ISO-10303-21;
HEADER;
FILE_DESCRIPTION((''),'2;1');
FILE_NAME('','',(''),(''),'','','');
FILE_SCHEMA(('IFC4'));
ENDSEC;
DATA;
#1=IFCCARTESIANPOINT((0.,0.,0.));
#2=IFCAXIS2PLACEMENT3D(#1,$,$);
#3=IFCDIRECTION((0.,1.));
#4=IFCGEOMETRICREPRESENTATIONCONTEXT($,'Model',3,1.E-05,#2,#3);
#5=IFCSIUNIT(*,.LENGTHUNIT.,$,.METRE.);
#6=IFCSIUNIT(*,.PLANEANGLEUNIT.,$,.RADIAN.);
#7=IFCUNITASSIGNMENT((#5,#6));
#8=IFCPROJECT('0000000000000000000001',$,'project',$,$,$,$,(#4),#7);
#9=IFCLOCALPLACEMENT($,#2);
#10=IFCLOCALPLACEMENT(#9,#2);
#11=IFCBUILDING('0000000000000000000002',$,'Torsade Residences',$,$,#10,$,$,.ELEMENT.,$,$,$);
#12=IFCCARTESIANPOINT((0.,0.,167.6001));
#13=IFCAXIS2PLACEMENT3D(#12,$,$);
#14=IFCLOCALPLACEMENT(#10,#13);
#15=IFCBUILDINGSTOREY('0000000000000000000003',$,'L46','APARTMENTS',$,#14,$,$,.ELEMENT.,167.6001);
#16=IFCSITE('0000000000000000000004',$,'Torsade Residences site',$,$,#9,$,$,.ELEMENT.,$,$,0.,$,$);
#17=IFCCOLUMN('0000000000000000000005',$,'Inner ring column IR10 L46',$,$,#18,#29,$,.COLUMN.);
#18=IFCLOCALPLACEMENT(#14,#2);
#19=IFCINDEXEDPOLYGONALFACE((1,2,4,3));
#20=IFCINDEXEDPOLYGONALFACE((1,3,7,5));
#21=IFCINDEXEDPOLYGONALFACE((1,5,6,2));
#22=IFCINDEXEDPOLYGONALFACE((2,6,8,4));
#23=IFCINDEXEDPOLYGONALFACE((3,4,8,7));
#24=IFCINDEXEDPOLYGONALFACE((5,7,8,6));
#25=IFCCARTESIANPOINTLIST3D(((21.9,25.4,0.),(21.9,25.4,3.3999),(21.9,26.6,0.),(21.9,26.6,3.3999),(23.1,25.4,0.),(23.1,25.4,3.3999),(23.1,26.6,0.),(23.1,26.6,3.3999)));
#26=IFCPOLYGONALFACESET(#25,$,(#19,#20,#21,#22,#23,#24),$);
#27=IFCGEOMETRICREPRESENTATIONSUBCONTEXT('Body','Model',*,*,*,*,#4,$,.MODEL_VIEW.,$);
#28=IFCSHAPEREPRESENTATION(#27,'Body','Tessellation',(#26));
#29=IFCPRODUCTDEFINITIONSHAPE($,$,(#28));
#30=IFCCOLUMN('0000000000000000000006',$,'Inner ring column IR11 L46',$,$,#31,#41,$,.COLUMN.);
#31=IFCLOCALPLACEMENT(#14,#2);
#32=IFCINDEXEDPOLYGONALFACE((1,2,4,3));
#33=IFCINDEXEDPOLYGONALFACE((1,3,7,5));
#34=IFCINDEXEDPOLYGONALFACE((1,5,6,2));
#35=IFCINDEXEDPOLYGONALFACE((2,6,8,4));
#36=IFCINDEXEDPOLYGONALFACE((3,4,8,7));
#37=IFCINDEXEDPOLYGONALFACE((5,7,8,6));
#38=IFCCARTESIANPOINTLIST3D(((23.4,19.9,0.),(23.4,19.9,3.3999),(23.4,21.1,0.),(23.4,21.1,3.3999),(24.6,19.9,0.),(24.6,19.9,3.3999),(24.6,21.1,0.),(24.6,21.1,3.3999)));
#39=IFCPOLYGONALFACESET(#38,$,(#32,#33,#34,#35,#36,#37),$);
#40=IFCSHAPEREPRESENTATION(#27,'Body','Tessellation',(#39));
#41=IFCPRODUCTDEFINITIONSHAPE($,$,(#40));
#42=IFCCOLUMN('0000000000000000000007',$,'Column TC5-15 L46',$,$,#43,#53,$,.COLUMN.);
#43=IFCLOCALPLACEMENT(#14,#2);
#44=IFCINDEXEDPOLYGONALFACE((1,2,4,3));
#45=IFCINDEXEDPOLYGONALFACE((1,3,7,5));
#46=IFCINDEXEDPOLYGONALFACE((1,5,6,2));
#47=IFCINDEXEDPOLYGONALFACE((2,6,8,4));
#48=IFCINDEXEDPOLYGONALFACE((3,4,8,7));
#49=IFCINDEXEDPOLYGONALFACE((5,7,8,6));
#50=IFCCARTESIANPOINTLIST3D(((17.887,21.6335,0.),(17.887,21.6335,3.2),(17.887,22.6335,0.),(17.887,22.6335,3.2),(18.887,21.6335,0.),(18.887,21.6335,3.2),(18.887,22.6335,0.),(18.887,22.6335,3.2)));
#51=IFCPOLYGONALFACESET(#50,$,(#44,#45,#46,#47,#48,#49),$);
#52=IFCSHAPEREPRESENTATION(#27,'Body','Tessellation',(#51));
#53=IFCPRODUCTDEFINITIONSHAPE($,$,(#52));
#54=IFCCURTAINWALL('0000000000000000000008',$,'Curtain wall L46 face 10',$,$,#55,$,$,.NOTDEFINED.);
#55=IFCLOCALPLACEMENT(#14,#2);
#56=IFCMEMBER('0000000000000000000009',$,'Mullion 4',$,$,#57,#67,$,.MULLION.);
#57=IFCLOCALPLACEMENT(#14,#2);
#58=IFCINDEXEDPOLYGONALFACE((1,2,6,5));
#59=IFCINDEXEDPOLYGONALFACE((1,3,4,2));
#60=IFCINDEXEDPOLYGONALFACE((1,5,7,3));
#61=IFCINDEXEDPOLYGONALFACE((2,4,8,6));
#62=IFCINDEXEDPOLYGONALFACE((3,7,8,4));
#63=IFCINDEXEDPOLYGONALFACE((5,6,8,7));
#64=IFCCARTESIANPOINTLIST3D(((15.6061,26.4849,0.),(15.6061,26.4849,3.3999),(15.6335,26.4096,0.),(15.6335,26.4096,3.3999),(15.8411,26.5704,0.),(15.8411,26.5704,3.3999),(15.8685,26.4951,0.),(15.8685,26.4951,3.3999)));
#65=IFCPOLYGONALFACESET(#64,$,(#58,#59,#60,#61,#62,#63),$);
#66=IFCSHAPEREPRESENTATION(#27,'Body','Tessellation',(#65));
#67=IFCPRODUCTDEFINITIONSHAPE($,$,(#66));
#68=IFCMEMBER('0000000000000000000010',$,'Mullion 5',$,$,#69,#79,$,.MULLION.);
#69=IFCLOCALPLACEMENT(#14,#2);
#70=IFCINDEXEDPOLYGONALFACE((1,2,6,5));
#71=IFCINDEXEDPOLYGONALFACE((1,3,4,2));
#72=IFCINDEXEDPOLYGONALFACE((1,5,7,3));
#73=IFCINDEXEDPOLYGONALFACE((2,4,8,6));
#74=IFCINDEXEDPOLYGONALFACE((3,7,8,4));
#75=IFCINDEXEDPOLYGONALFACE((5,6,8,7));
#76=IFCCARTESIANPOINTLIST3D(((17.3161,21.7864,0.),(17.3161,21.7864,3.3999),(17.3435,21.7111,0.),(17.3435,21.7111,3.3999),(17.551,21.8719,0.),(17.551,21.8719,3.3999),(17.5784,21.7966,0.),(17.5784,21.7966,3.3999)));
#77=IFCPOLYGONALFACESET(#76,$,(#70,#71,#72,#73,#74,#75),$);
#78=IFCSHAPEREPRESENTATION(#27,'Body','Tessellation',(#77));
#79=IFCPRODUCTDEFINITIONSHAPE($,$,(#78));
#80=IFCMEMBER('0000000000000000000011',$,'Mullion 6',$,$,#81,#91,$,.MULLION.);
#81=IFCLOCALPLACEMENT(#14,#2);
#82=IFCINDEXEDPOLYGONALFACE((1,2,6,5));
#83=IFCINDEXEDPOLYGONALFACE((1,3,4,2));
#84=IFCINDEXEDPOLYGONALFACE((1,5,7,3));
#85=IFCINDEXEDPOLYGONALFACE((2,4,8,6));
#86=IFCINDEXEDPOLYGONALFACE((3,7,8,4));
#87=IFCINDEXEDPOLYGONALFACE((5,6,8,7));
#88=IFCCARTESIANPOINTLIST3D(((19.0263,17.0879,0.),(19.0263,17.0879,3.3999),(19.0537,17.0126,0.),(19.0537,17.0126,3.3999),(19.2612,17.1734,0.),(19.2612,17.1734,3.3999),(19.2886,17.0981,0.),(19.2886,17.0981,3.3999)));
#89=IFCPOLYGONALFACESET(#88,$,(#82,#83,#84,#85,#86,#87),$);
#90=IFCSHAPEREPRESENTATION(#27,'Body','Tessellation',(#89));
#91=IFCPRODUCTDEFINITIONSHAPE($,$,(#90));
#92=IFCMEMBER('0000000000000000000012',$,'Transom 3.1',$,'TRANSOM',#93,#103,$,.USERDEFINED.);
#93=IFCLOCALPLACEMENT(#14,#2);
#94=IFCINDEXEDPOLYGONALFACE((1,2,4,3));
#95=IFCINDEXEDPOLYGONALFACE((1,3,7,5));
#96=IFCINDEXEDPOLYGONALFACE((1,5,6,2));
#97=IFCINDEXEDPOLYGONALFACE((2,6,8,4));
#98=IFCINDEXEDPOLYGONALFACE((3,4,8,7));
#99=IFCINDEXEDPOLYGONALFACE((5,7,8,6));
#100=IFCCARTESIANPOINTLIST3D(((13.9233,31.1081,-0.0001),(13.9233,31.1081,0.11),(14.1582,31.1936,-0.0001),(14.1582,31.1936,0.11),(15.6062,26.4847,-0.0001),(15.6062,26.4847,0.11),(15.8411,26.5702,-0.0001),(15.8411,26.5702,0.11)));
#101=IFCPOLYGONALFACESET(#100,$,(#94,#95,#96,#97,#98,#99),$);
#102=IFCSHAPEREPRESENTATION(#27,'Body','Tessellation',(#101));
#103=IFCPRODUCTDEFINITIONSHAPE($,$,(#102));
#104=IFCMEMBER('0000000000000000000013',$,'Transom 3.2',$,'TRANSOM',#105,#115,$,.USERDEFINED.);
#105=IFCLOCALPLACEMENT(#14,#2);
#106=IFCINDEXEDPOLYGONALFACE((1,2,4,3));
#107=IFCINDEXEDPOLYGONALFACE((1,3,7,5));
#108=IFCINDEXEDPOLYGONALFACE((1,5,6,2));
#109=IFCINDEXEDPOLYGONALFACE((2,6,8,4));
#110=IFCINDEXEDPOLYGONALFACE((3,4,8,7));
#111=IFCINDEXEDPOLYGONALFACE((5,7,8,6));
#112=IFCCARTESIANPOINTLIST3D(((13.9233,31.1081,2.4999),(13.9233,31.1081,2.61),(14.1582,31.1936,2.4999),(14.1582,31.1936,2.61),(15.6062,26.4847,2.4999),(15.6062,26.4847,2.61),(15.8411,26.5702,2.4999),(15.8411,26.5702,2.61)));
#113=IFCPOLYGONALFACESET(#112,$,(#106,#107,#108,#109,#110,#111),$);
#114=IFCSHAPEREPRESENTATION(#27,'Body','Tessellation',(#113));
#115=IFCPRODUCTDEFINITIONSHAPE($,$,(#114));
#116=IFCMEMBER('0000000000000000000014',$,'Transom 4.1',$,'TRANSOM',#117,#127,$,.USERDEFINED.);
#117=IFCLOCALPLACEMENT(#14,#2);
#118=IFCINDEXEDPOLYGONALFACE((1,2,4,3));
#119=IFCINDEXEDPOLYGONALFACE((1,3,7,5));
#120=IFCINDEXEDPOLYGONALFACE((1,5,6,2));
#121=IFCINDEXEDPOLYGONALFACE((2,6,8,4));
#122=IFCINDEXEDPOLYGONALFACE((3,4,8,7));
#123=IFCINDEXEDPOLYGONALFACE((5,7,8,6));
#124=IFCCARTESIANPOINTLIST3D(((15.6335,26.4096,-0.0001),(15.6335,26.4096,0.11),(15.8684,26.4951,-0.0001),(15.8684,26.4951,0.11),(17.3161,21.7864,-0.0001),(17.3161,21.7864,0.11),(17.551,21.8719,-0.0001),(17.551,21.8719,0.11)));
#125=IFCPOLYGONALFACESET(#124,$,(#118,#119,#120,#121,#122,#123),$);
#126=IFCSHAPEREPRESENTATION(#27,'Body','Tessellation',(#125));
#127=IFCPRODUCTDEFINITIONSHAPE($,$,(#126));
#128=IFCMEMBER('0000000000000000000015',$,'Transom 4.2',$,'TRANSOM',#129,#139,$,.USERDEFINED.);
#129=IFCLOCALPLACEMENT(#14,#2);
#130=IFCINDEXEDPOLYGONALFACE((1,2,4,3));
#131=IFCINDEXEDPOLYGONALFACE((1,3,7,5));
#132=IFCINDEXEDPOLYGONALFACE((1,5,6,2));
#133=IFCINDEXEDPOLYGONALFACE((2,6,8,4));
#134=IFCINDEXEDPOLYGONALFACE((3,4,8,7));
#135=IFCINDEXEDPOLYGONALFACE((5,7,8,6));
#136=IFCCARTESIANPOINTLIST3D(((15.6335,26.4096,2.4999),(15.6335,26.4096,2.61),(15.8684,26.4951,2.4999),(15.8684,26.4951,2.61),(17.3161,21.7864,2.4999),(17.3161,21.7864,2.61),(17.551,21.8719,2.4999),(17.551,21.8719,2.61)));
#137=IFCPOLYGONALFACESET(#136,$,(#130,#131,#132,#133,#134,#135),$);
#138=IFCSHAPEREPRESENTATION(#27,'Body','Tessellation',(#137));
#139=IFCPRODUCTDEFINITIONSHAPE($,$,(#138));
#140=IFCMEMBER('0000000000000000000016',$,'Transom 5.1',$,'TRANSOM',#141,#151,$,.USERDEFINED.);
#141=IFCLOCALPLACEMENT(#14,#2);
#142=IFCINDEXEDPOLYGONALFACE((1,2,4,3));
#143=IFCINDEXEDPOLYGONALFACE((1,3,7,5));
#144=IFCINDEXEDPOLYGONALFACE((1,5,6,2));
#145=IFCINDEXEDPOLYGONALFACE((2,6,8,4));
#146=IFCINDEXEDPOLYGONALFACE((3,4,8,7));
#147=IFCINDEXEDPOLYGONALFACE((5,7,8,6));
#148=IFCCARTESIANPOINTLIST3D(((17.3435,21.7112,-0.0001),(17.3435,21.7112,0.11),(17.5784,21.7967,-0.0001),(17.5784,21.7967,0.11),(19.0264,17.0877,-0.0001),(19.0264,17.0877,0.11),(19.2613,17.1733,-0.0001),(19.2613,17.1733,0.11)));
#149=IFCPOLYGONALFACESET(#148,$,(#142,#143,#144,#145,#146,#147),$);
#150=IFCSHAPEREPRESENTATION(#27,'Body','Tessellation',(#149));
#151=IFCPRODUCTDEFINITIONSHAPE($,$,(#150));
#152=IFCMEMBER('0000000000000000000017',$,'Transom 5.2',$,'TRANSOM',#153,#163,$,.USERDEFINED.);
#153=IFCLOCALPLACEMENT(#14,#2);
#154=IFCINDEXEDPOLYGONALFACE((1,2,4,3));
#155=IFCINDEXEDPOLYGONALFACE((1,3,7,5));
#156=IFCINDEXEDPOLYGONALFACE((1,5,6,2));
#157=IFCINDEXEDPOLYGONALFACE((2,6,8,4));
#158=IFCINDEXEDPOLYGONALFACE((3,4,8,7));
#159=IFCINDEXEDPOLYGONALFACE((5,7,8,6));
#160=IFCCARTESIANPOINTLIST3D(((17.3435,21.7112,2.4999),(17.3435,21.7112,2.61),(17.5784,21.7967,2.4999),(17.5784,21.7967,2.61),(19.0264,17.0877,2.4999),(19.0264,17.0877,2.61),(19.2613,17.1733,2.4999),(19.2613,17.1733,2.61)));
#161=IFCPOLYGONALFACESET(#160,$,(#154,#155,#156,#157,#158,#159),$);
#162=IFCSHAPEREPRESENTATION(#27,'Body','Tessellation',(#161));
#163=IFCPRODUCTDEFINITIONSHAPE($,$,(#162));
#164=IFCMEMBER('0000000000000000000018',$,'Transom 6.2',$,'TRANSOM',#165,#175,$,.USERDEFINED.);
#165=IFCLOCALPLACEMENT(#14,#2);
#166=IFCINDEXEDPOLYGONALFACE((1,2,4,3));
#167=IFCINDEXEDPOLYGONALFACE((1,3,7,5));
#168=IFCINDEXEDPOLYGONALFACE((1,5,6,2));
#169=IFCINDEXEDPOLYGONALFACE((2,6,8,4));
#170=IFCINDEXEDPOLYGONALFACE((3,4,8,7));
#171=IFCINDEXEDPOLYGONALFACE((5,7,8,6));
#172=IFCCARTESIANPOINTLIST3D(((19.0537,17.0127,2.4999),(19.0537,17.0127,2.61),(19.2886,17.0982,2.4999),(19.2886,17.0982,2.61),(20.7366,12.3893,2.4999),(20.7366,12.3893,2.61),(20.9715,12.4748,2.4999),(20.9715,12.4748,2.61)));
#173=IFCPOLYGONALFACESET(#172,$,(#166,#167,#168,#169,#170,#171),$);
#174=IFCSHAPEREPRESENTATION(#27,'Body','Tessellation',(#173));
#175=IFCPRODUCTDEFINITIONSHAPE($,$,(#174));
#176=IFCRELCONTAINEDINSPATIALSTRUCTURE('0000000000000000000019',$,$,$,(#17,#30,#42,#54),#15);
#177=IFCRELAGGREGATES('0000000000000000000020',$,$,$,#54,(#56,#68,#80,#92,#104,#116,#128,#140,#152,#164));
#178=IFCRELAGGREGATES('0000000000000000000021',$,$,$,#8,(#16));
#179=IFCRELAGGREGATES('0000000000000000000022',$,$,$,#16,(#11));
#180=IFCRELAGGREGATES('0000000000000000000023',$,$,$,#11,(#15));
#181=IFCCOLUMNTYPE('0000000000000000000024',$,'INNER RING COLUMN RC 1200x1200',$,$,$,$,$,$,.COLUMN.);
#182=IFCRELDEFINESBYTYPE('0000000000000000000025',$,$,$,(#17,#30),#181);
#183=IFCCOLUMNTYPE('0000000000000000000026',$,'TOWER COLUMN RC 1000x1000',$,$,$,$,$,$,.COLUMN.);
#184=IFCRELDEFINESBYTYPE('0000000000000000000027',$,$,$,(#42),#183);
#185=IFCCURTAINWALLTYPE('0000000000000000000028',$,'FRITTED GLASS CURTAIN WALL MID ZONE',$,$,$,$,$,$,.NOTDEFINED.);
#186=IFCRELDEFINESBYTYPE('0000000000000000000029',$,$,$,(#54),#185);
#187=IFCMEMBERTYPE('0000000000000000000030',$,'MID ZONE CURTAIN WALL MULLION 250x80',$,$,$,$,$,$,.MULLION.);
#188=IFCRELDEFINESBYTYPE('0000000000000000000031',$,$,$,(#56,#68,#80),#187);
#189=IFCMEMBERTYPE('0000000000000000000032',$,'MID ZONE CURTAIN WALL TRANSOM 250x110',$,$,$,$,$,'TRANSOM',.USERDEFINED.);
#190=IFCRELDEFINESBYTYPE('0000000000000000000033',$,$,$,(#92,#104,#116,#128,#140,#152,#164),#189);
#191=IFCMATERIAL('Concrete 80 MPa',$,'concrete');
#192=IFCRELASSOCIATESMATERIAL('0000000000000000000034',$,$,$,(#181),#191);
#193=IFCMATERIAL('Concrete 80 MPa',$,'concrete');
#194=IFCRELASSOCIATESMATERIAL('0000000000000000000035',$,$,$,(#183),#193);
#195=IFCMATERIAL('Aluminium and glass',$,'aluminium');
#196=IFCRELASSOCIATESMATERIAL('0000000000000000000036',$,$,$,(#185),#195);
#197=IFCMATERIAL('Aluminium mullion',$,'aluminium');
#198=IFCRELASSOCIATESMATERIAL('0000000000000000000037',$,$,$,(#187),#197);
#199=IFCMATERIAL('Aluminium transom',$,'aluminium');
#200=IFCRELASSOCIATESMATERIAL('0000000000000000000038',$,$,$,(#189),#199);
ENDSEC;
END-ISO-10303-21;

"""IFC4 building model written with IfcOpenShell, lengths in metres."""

from ifc_helpers import new_model, si_unit, direction, frame, origin, origin_2d, place, context, subcontext, project, spatial, rectangle, extrude, material, material_profile, profile_set, type_object, element, aggregate, save


model = new_model("IFC4")

# Units and contexts
model_context = context("Model", 3, precision=1e-05, world=origin(), true_north=direction((0.0, 1.0)))
body_context = subcontext(model_context, "Body", "Model", "MODEL_VIEW")
ifc_project = project(units=[si_unit("LENGTHUNIT", "METRE"), si_unit("PLANEANGLEUNIT", "RADIAN")], contexts=[model_context])

# Site, building, storey
site_placement = place(None, origin())
site = spatial("IfcSite", under=ifc_project, at=site_placement, Name="Torsade Residences site", CompositionType="ELEMENT", RefElevation=0.0)
building_placement = place(site_placement, origin())
building = spatial("IfcBuilding", under=site, at=building_placement, Name="Torsade Residences", CompositionType="ELEMENT")
storey_placement = place(building_placement, frame((0.0, 0.0, 167.6001)))
storey = spatial("IfcBuildingStorey", under=building, at=storey_placement, Name="L46", Description="APARTMENTS", CompositionType="ELEMENT", Elevation=167.6001)

# Columns
ifc_material_1 = material(Name="Concrete 80 MPa", Category="concrete")
ifc_material_profile_1 = material_profile(ifc_material_1, rectangle(XDim=1.2, YDim=1.2, at=origin_2d()), Name="RC 1200x1200")
ifc_profile_set_1 = profile_set([ifc_material_profile_1], Name="Concrete 80 MPa")
column_type_1 = type_object("IfcColumnType", Name="INNER RING COLUMN RC 1200x1200", PredefinedType="COLUMN", material=ifc_profile_set_1)
for number, where, z_axis, x_axis, name in (
    (1, (22.5, 26.0, 0.0), (0.0, 0.0, 1.0), (1.0, 0.0, 0.0), "Inner ring column IR10 L46"),
    (2, (24.0, 20.5, 0.0), (0.0, 0.0, 1.0), (1.0, 0.0, 0.0), "Inner ring column IR11 L46"),
):
    element("IfcColumn", number, at=place(storey_placement, frame(where, z_axis=z_axis, x_axis=x_axis)), inside=storey, type_object=column_type_1, Name=name, PredefinedType="COLUMN", context=body_context, shape_type="SweptSolid", body=[
        extrude(rectangle(XDim=1.2, YDim=1.2, at=origin_2d()), origin(), (0.0, 0.0, 1.0), 3.3999),
    ])
ifc_material_2 = material(Name="Concrete 80 MPa", Category="concrete")
ifc_material_profile_2 = material_profile(ifc_material_2, rectangle(XDim=1.0, YDim=1.0, at=origin_2d()), Name="RC 1000x1000")
ifc_profile_set_2 = profile_set([ifc_material_profile_2], Name="Concrete 80 MPa")
column_type_2 = type_object("IfcColumnType", Name="TOWER COLUMN RC 1000x1000", PredefinedType="COLUMN", material=ifc_profile_set_2)
column_placement = place(storey_placement, frame((18.387, 22.1335, 0.0), z_axis=(0.0, 0.0, 1.0), x_axis=(1.0, 0.0, 0.0)))
element("IfcColumn", 3, at=column_placement, inside=storey, type_object=column_type_2, Name="Column TC5-15 L46", PredefinedType="COLUMN", context=body_context, shape_type="SweptSolid", body=[
    extrude(rectangle(XDim=1.0, YDim=1.0, at=origin_2d()), origin(), (0.0, 0.0, 1.0), 3.2),
])

# Curtain wall, members
ifc_material_3 = material(Name="Aluminium and glass", Category="aluminium")
curtain_wall_type = type_object("IfcCurtainWallType", Name="FRITTED GLASS CURTAIN WALL MID ZONE", PredefinedType="NOTDEFINED", material=ifc_material_3)
curtain_wall_placement = place(storey_placement, origin())
curtain_wall = element("IfcCurtainWall", 4, at=curtain_wall_placement, inside=storey, type_object=curtain_wall_type, Name="Curtain wall L46 face 10", PredefinedType="NOTDEFINED")
ifc_material_4 = material(Name="Aluminium mullion", Category="aluminium")
ifc_material_profile_3 = material_profile(ifc_material_4, rectangle(XDim=0.25, YDim=0.0801, at=origin_2d()), Name="MID ZONE CURTAIN WALL MULLION 250x80")
ifc_profile_set_3 = profile_set([ifc_material_profile_3], Name="Aluminium mullion")
member_type_1 = type_object("IfcMemberType", Name="MID ZONE CURTAIN WALL MULLION 250x80", PredefinedType="MULLION", material=ifc_profile_set_3)
member_1_placement = place(storey_placement, frame((15.7373, 26.49, 0.0), z_axis=(0.0, 0.0, 1.0), x_axis=(0.939693, 0.34202, 0.0)))
member_1 = element("IfcMember", 5, at=member_1_placement, type_object=member_type_1, Name="Mullion 4", PredefinedType="MULLION", context=body_context, shape_type="SweptSolid", body=[
    extrude(rectangle(XDim=0.25, YDim=0.0801, at=origin_2d()), origin(), (0.0, 0.0, 1.0), 3.3999),
])
member_2_placement = place(storey_placement, frame((17.4473, 21.7915, 0.0), z_axis=(0.0, 0.0, 1.0), x_axis=(0.939693, 0.34202, 0.0)))
member_2 = element("IfcMember", 6, at=member_2_placement, type_object=member_type_1, Name="Mullion 5", PredefinedType="MULLION", context=body_context, shape_type="SweptSolid", body=[
    extrude(rectangle(XDim=0.25, YDim=0.0801, at=origin_2d()), origin(), (0.0, 0.0, 1.0), 3.3999),
])
member_3_placement = place(storey_placement, frame((19.1575, 17.093, 0.0), z_axis=(0.0, 0.0, 1.0), x_axis=(0.939693, 0.34202, 0.0)))
member_3 = element("IfcMember", 7, at=member_3_placement, type_object=member_type_1, Name="Mullion 6", PredefinedType="MULLION", context=body_context, shape_type="SweptSolid", body=[
    extrude(rectangle(XDim=0.25, YDim=0.0801, at=origin_2d()), origin(), (0.0, 0.0, 1.0), 3.3999),
])
ifc_material_5 = material(Name="Aluminium transom", Category="aluminium")
ifc_material_profile_4 = material_profile(ifc_material_5, rectangle(XDim=0.25, YDim=0.1101, at=origin_2d()), Name="MID ZONE CURTAIN WALL TRANSOM 250x110")
ifc_profile_set_4 = profile_set([ifc_material_profile_4], Name="Aluminium transom")
member_type_2 = type_object("IfcMemberType", Name="MID ZONE CURTAIN WALL TRANSOM 250x110", ElementType="TRANSOM", PredefinedType="USERDEFINED", material=ifc_profile_set_4)
member_4_placement = place(storey_placement, frame((14.0408, 31.1509, 0.0549), z_axis=(0.342042, -0.939685, 0.0), x_axis=(0.939685, 0.342042, 0.0)))
member_4 = element("IfcMember", 8, at=member_4_placement, type_object=member_type_2, Name="Transom 3.1", ObjectType="TRANSOM", PredefinedType="USERDEFINED", context=body_context, shape_type="SweptSolid", body=[
    extrude(rectangle(XDim=0.25, YDim=0.1101, at=origin_2d()), origin(), (0.0, 0.0, 1.0), 4.9202),
])
member_5_placement = place(storey_placement, frame((14.0408, 31.1509, 2.5549), z_axis=(0.342042, -0.939685, 0.0), x_axis=(0.939685, 0.342042, 0.0)))
member_5 = element("IfcMember", 9, at=member_5_placement, type_object=member_type_2, Name="Transom 3.2", ObjectType="TRANSOM", PredefinedType="USERDEFINED", context=body_context, shape_type="SweptSolid", body=[
    extrude(rectangle(XDim=0.25, YDim=0.1101, at=origin_2d()), origin(), (0.0, 0.0, 1.0), 4.9202),
])
member_6_placement = place(storey_placement, frame((15.751, 26.4524, 0.0549), z_axis=(0.341998, -0.939701, 0.0), x_axis=(0.939701, 0.341998, 0.0)))
member_6 = element("IfcMember", 10, at=member_6_placement, type_object=member_type_2, Name="Transom 4.1", ObjectType="TRANSOM", PredefinedType="USERDEFINED", context=body_context, shape_type="SweptSolid", body=[
    extrude(rectangle(XDim=0.25, YDim=0.1101, at=origin_2d()), origin(), (0.0, 0.0, 1.0), 4.9199),
])
member_7_placement = place(storey_placement, frame((15.751, 26.4524, 2.5549), z_axis=(0.341998, -0.939701, 0.0), x_axis=(0.939701, 0.341998, 0.0)))
member_7 = element("IfcMember", 11, at=member_7_placement, type_object=member_type_2, Name="Transom 4.2", ObjectType="TRANSOM", PredefinedType="USERDEFINED", context=body_context, shape_type="SweptSolid", body=[
    extrude(rectangle(XDim=0.25, YDim=0.1101, at=origin_2d()), origin(), (0.0, 0.0, 1.0), 4.9199),
])
member_8_placement = place(storey_placement, frame((17.4609, 21.7539, 0.0549), z_axis=(0.342042, -0.939685, 0.0), x_axis=(0.939685, 0.342042, 0.0)))
member_8 = element("IfcMember", 12, at=member_8_placement, type_object=member_type_2, Name="Transom 5.1", ObjectType="TRANSOM", PredefinedType="USERDEFINED", context=body_context, shape_type="SweptSolid", body=[
    extrude(rectangle(XDim=0.25, YDim=0.1101, at=origin_2d()), origin(), (0.0, 0.0, 1.0), 4.9202),
])
member_9_placement = place(storey_placement, frame((17.4609, 21.7539, 2.5549), z_axis=(0.342042, -0.939685, 0.0), x_axis=(0.939685, 0.342042, 0.0)))
member_9 = element("IfcMember", 13, at=member_9_placement, type_object=member_type_2, Name="Transom 5.2", ObjectType="TRANSOM", PredefinedType="USERDEFINED", context=body_context, shape_type="SweptSolid", body=[
    extrude(rectangle(XDim=0.25, YDim=0.1101, at=origin_2d()), origin(), (0.0, 0.0, 1.0), 4.9202),
])
member_10_placement = place(storey_placement, frame((19.1711, 17.0554, 2.5549), z_axis=(0.342042, -0.939685, 0.0), x_axis=(0.939685, 0.342042, 0.0)))
member_10 = element("IfcMember", 14, at=member_10_placement, type_object=member_type_2, Name="Transom 6.2", ObjectType="TRANSOM", PredefinedType="USERDEFINED", context=body_context, shape_type="SweptSolid", body=[
    extrude(rectangle(XDim=0.25, YDim=0.1101, at=origin_2d()), origin(), (0.0, 0.0, 1.0), 4.9202),
])

aggregate(curtain_wall, [member_1, member_2, member_3, member_4, member_5, member_6, member_7, member_8, member_9, member_10])

save(model, "model.ifc")
